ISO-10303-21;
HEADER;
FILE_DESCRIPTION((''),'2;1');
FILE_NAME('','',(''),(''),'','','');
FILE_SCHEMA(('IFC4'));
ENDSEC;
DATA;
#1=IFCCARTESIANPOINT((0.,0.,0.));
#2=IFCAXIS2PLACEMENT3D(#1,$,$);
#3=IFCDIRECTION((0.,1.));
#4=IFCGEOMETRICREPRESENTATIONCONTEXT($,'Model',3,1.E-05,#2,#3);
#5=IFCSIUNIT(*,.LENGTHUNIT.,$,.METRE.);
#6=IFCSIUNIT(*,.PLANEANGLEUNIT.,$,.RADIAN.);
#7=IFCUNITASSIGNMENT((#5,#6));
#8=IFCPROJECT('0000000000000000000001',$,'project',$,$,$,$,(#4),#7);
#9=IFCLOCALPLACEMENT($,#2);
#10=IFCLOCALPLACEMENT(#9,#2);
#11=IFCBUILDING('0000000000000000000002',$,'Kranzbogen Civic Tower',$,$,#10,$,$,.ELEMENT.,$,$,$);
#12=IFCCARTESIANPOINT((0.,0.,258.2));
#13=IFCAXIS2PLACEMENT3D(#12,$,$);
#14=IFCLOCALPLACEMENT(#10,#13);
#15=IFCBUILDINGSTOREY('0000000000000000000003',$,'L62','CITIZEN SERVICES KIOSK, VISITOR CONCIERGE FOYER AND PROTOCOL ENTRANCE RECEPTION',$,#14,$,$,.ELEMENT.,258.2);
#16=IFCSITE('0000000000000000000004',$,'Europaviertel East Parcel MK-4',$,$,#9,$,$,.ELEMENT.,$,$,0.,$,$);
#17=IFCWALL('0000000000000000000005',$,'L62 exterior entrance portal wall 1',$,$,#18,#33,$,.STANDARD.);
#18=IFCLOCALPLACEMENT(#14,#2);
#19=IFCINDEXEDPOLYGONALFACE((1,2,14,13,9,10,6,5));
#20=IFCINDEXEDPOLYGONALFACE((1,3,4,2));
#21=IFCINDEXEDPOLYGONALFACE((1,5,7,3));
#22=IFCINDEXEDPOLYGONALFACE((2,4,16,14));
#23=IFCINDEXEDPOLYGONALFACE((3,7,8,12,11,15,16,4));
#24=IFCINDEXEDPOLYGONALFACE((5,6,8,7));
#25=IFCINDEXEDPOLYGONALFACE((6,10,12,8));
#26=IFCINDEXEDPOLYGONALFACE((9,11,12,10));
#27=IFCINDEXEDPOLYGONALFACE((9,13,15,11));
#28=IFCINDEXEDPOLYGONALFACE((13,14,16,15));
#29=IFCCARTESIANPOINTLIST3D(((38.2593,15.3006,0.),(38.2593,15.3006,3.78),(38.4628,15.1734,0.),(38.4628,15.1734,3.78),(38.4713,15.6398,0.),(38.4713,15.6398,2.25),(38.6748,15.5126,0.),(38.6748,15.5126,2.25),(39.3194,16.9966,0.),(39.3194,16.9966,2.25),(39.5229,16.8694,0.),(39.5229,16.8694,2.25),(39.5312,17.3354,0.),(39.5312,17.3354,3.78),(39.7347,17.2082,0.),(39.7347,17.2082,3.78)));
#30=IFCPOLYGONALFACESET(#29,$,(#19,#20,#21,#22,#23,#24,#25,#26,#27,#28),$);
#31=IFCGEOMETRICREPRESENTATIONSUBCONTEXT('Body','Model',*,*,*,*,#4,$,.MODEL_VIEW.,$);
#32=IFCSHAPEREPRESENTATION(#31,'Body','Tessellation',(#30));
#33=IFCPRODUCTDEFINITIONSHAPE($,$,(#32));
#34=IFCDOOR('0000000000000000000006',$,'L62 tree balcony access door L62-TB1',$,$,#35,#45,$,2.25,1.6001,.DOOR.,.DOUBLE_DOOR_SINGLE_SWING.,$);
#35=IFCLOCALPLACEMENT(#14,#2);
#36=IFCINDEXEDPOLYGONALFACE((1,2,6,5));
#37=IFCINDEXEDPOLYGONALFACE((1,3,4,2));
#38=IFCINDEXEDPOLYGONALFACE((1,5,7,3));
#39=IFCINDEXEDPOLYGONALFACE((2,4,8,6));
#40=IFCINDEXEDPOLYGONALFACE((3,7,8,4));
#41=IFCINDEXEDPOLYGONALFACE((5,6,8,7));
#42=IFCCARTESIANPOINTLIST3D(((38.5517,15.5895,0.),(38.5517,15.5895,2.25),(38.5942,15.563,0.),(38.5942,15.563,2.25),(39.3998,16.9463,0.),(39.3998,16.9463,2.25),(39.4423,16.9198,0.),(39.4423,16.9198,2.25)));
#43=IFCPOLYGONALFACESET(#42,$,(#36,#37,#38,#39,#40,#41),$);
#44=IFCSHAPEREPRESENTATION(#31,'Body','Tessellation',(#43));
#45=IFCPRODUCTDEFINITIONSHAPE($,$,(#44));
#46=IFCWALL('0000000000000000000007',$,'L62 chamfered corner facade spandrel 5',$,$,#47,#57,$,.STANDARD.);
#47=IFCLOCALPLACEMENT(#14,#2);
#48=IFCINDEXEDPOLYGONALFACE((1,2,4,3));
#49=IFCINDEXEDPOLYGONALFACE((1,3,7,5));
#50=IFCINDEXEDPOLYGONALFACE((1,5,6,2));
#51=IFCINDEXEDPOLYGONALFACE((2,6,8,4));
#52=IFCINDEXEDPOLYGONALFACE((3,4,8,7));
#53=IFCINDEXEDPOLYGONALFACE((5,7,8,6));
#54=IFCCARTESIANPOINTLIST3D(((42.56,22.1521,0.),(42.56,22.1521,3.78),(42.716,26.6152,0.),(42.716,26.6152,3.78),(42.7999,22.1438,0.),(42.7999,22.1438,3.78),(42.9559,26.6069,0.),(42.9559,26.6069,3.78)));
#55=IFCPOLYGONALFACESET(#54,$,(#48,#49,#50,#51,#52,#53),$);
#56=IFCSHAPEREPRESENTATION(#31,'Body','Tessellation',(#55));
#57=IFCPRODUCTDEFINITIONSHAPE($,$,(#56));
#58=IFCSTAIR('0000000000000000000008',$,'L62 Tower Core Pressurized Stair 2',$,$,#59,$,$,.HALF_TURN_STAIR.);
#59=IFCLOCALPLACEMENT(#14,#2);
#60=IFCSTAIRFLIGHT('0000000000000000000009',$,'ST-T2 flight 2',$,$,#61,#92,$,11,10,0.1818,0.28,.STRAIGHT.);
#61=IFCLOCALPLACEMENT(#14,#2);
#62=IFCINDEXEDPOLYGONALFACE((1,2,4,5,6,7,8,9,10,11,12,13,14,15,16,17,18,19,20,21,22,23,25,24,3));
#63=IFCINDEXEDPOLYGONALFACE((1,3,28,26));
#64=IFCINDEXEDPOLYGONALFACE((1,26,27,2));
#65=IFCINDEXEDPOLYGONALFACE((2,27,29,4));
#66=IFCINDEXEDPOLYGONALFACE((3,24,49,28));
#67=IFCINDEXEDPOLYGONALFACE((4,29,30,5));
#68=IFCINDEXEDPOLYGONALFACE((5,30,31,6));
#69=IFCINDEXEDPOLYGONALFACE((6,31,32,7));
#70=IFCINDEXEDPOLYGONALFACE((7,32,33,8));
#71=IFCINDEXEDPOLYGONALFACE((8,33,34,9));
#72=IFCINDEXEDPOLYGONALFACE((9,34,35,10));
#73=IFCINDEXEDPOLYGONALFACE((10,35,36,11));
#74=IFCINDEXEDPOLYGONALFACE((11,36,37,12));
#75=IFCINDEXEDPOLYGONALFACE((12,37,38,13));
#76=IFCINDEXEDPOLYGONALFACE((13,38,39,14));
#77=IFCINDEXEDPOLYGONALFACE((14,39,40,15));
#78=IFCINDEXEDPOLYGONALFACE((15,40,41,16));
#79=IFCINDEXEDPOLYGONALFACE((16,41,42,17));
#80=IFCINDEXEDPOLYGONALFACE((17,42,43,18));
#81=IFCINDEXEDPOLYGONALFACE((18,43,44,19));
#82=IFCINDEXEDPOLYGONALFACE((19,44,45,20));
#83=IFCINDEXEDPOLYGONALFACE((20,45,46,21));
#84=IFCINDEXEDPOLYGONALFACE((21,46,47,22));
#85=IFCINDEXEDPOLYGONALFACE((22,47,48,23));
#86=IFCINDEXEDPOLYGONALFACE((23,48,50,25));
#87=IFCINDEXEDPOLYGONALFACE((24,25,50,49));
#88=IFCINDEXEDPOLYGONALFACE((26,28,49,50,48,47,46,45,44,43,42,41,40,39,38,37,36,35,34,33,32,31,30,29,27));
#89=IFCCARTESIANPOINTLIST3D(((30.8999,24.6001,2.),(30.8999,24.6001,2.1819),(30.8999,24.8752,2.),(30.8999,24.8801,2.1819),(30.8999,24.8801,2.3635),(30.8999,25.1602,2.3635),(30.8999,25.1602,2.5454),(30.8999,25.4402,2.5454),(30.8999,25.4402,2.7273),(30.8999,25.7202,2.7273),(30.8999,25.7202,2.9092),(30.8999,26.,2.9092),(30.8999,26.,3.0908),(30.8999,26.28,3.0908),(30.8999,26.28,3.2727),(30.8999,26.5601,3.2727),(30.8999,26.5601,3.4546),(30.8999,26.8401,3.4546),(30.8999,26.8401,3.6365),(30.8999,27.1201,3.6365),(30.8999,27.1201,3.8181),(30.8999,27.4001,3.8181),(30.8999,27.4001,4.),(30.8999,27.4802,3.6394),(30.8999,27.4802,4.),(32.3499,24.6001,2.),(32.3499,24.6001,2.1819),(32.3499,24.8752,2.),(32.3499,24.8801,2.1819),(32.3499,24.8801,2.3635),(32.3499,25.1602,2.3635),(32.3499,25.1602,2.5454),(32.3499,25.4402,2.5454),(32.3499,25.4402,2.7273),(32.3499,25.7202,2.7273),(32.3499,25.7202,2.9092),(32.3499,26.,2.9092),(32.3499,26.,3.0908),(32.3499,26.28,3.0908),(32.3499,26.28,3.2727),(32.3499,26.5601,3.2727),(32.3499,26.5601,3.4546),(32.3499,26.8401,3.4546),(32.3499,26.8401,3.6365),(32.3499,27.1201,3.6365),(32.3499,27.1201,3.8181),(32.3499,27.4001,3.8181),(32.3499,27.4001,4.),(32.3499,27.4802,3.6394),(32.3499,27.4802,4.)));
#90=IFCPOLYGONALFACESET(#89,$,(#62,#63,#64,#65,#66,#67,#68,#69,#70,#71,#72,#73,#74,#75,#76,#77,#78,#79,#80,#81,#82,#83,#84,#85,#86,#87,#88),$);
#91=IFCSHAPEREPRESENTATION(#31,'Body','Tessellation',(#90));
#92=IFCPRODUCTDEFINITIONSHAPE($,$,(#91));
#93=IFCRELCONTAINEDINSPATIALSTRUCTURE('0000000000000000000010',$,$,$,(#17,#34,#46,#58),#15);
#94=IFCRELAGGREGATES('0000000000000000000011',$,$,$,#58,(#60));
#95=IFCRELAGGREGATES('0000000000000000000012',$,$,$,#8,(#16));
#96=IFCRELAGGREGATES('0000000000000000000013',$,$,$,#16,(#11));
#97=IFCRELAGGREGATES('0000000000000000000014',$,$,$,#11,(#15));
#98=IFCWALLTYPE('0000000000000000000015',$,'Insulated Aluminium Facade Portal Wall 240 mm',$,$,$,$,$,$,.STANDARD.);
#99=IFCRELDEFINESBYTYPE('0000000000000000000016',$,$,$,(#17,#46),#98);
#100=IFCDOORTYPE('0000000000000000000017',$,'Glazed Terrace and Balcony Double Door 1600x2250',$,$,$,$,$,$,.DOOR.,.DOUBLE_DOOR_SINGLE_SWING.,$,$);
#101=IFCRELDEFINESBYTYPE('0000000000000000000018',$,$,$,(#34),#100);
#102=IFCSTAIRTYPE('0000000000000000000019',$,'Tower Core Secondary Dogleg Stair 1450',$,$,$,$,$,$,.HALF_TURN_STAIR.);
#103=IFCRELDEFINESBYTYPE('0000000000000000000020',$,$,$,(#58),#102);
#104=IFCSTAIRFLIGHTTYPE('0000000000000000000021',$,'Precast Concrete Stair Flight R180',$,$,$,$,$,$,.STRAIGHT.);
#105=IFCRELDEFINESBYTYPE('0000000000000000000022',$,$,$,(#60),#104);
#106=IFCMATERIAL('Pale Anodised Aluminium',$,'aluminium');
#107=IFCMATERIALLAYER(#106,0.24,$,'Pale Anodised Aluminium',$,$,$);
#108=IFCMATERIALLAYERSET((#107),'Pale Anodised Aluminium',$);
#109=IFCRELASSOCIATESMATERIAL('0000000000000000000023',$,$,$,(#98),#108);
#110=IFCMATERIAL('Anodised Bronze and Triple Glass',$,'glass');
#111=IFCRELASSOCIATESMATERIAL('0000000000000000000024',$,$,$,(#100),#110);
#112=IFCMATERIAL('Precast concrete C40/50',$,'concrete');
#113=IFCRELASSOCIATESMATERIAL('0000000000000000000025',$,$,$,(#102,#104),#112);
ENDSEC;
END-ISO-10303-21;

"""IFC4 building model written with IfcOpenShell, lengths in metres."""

from ifc_helpers import new_model, si_unit, direction, frame, frame_2d, origin, place, context, subcontext, project, spatial, polyline, rectangle, outline, extrude, material, layer, layer_set, type_object, element, fill, aggregate, save


model = new_model("IFC4")

# Units and contexts
model_context = context("Model", 3, precision=1e-05, world=origin(), true_north=direction((0.0, 1.0)))
body_context = subcontext(model_context, "Body", "Model", "MODEL_VIEW")
ifc_project = project(units=[si_unit("LENGTHUNIT", "METRE"), si_unit("PLANEANGLEUNIT", "RADIAN")], contexts=[model_context])

# Site, building, storey
site_placement = place(None, origin())
site = spatial("IfcSite", under=ifc_project, at=site_placement, Name="Europaviertel East Parcel MK-4", CompositionType="ELEMENT", RefElevation=0.0)
building_placement = place(site_placement, origin())
building = spatial("IfcBuilding", under=site, at=building_placement, Name="Kranzbogen Civic Tower", CompositionType="ELEMENT")
storey_placement = place(building_placement, frame((0.0, 0.0, 258.2)))
storey = spatial("IfcBuildingStorey", under=building, at=storey_placement, Name="L62", Description="CITIZEN SERVICES KIOSK, VISITOR CONCIERGE FOYER AND PROTOCOL ENTRANCE RECEPTION", CompositionType="ELEMENT", Elevation=258.2)

# Shared definitions
ifc_material_1 = material(Name="Pale Anodised Aluminium", Category="aluminium")

# Wall, opening, door
ifc_layer_1 = layer(ifc_material_1, 0.24, Name="Pale Anodised Aluminium")
ifc_layer_set_1 = layer_set([ifc_layer_1], Name="Pale Anodised Aluminium")
wall_type_1 = type_object("IfcWallType", Name="Insulated Aluminium Facade Portal Wall 240 mm", PredefinedType="STANDARD", material=ifc_layer_set_1)
wall_1_placement = place(storey_placement, frame((38.3611, 15.2371, 0.0), z_axis=(0.0, 0.0, 1.0), x_axis=(0.530045, 0.84797, 0.0)))
wall_1 = element("IfcWall", 1, at=wall_1_placement, inside=storey, type_object=wall_type_1, Name="L62 exterior entrance portal wall 1", PredefinedType="STANDARD", context=body_context, shape_type="SweptSolid", body=[
    extrude(rectangle(XDim=2.3997, YDim=0.24, at=frame_2d((1.1997, 0.0))), origin(), (0.0, 0.0, 1.0), 3.78),
])
opening_1_placement = place(wall_1_placement, frame((0.3999, 0.0, 0.0)))
opening_1 = element("IfcOpeningElement", 2, at=opening_1_placement, cuts=wall_1, PredefinedType="OPENING", context=body_context, shape_type="SweptSolid", body=[
    extrude(rectangle(XDim=1.6001, YDim=2.25, at=frame_2d((0.8, 1.125))), frame((0.0, 0.1299, 0.0), z_axis=(0.0, -1.0, 0.0), x_axis=(1.0, 0.0, 0.0)), (0.0, 0.0, 1.0), 0.26),
])
ifc_material_2 = material(Name="Anodised Bronze and Triple Glass", Category="glass")
door_type_1 = type_object("IfcDoorType", Name="Glazed Terrace and Balcony Double Door 1600x2250", OperationType="DOUBLE_DOOR_SINGLE_SWING", PredefinedType="DOOR", material=ifc_material_2)
door_1_placement = place(opening_1_placement, frame((1.6001, 0.0, 0.0), z_axis=(0.0, 0.0, 1.0), x_axis=(-1.0, 0.0, 0.0)))
door_1 = element("IfcDoor", 3, at=door_1_placement, inside=storey, type_object=door_type_1, Name="L62 tree balcony access door L62-TB1", OperationType="DOUBLE_DOOR_SINGLE_SWING", OverallHeight=2.25, OverallWidth=1.6001, PredefinedType="DOOR", context=body_context, shape_type="SweptSolid", body=[
    extrude(rectangle(XDim=1.6001, YDim=2.25, at=frame_2d((0.8, 1.125))), frame((0.0, 0.0249, 0.0), z_axis=(0.0, -1.0, 0.0), x_axis=(1.0, 0.0, 0.0)), (0.0, 0.0, 1.0), 0.05),
])
fill(opening_1, door_1)

# Wall
wall_2_placement = place(storey_placement, frame((42.6799, 22.1479, 0.0), z_axis=(0.0, 0.0, 1.0), x_axis=(0.034933, 0.99939, 0.0)))
element("IfcWall", 4, at=wall_2_placement, inside=storey, type_object=wall_type_1, Name="L62 chamfered corner facade spandrel 5", PredefinedType="STANDARD", context=body_context, shape_type="SweptSolid", body=[
    extrude(rectangle(XDim=4.4658, YDim=0.24, at=frame_2d((2.2329, 0.0))), origin(), (0.0, 0.0, 1.0), 3.78),
])

# Stair, stair flight
ifc_material_3 = material(Name="Precast concrete C40/50", Category="concrete")
stair_type = type_object("IfcStairType", Name="Tower Core Secondary Dogleg Stair 1450", PredefinedType="HALF_TURN_STAIR", material=ifc_material_3)
stair_placement = place(storey_placement, origin())
stair = element("IfcStair", 5, at=stair_placement, inside=storey, type_object=stair_type, Name="L62 Tower Core Pressurized Stair 2", PredefinedType="HALF_TURN_STAIR")
stair_flight_type = type_object("IfcStairFlightType", Name="Precast Concrete Stair Flight R180", PredefinedType="STRAIGHT", material=ifc_material_3)
stair_flight_placement = place(storey_placement, frame((31.625, 24.6001, 2.0), z_axis=(0.0, 0.0, 1.0), x_axis=(0.0, 1.0, 0.0)))
stair_flight = element("IfcStairFlight", 6, at=stair_flight_placement, type_object=stair_flight_type, Name="ST-T2 flight 2", NumberOfRisers=11, NumberOfTreads=10, PredefinedType="STRAIGHT", RiserHeight=0.1818, TreadLength=0.28, context=body_context, shape_type="SweptSolid", body=[
    extrude(outline(polyline([(0.0, 0.0), (0.0, 0.1819), (0.28, 0.1819), (0.28, 0.3635), (0.5601, 0.3635), (0.5601, 0.5454), (0.8401, 0.5454), (0.8401, 0.7273), (1.1201, 0.7273), (1.1201, 0.9092), (1.3999, 0.9092), (1.3999, 1.0908), (1.6799, 1.0908), (1.6799, 1.2727), (1.96, 1.2727), (1.96, 1.4546), (2.24, 1.4546), (2.24, 1.6365), (2.52, 1.6365), (2.52, 1.8181), (2.8, 1.8181), (2.8, 2.0), (2.8801, 2.0), (2.8801, 1.6394), (0.2751, 0.0), (0.0, 0.0)])), frame((0.0, 0.7251, 0.0), z_axis=(0.0, -1.0, 0.0), x_axis=(1.0, 0.0, 0.0)), (0.0, 0.0, 1.0), 1.45),
])
aggregate(stair, [stair_flight])

save(model, "model.ifc")
